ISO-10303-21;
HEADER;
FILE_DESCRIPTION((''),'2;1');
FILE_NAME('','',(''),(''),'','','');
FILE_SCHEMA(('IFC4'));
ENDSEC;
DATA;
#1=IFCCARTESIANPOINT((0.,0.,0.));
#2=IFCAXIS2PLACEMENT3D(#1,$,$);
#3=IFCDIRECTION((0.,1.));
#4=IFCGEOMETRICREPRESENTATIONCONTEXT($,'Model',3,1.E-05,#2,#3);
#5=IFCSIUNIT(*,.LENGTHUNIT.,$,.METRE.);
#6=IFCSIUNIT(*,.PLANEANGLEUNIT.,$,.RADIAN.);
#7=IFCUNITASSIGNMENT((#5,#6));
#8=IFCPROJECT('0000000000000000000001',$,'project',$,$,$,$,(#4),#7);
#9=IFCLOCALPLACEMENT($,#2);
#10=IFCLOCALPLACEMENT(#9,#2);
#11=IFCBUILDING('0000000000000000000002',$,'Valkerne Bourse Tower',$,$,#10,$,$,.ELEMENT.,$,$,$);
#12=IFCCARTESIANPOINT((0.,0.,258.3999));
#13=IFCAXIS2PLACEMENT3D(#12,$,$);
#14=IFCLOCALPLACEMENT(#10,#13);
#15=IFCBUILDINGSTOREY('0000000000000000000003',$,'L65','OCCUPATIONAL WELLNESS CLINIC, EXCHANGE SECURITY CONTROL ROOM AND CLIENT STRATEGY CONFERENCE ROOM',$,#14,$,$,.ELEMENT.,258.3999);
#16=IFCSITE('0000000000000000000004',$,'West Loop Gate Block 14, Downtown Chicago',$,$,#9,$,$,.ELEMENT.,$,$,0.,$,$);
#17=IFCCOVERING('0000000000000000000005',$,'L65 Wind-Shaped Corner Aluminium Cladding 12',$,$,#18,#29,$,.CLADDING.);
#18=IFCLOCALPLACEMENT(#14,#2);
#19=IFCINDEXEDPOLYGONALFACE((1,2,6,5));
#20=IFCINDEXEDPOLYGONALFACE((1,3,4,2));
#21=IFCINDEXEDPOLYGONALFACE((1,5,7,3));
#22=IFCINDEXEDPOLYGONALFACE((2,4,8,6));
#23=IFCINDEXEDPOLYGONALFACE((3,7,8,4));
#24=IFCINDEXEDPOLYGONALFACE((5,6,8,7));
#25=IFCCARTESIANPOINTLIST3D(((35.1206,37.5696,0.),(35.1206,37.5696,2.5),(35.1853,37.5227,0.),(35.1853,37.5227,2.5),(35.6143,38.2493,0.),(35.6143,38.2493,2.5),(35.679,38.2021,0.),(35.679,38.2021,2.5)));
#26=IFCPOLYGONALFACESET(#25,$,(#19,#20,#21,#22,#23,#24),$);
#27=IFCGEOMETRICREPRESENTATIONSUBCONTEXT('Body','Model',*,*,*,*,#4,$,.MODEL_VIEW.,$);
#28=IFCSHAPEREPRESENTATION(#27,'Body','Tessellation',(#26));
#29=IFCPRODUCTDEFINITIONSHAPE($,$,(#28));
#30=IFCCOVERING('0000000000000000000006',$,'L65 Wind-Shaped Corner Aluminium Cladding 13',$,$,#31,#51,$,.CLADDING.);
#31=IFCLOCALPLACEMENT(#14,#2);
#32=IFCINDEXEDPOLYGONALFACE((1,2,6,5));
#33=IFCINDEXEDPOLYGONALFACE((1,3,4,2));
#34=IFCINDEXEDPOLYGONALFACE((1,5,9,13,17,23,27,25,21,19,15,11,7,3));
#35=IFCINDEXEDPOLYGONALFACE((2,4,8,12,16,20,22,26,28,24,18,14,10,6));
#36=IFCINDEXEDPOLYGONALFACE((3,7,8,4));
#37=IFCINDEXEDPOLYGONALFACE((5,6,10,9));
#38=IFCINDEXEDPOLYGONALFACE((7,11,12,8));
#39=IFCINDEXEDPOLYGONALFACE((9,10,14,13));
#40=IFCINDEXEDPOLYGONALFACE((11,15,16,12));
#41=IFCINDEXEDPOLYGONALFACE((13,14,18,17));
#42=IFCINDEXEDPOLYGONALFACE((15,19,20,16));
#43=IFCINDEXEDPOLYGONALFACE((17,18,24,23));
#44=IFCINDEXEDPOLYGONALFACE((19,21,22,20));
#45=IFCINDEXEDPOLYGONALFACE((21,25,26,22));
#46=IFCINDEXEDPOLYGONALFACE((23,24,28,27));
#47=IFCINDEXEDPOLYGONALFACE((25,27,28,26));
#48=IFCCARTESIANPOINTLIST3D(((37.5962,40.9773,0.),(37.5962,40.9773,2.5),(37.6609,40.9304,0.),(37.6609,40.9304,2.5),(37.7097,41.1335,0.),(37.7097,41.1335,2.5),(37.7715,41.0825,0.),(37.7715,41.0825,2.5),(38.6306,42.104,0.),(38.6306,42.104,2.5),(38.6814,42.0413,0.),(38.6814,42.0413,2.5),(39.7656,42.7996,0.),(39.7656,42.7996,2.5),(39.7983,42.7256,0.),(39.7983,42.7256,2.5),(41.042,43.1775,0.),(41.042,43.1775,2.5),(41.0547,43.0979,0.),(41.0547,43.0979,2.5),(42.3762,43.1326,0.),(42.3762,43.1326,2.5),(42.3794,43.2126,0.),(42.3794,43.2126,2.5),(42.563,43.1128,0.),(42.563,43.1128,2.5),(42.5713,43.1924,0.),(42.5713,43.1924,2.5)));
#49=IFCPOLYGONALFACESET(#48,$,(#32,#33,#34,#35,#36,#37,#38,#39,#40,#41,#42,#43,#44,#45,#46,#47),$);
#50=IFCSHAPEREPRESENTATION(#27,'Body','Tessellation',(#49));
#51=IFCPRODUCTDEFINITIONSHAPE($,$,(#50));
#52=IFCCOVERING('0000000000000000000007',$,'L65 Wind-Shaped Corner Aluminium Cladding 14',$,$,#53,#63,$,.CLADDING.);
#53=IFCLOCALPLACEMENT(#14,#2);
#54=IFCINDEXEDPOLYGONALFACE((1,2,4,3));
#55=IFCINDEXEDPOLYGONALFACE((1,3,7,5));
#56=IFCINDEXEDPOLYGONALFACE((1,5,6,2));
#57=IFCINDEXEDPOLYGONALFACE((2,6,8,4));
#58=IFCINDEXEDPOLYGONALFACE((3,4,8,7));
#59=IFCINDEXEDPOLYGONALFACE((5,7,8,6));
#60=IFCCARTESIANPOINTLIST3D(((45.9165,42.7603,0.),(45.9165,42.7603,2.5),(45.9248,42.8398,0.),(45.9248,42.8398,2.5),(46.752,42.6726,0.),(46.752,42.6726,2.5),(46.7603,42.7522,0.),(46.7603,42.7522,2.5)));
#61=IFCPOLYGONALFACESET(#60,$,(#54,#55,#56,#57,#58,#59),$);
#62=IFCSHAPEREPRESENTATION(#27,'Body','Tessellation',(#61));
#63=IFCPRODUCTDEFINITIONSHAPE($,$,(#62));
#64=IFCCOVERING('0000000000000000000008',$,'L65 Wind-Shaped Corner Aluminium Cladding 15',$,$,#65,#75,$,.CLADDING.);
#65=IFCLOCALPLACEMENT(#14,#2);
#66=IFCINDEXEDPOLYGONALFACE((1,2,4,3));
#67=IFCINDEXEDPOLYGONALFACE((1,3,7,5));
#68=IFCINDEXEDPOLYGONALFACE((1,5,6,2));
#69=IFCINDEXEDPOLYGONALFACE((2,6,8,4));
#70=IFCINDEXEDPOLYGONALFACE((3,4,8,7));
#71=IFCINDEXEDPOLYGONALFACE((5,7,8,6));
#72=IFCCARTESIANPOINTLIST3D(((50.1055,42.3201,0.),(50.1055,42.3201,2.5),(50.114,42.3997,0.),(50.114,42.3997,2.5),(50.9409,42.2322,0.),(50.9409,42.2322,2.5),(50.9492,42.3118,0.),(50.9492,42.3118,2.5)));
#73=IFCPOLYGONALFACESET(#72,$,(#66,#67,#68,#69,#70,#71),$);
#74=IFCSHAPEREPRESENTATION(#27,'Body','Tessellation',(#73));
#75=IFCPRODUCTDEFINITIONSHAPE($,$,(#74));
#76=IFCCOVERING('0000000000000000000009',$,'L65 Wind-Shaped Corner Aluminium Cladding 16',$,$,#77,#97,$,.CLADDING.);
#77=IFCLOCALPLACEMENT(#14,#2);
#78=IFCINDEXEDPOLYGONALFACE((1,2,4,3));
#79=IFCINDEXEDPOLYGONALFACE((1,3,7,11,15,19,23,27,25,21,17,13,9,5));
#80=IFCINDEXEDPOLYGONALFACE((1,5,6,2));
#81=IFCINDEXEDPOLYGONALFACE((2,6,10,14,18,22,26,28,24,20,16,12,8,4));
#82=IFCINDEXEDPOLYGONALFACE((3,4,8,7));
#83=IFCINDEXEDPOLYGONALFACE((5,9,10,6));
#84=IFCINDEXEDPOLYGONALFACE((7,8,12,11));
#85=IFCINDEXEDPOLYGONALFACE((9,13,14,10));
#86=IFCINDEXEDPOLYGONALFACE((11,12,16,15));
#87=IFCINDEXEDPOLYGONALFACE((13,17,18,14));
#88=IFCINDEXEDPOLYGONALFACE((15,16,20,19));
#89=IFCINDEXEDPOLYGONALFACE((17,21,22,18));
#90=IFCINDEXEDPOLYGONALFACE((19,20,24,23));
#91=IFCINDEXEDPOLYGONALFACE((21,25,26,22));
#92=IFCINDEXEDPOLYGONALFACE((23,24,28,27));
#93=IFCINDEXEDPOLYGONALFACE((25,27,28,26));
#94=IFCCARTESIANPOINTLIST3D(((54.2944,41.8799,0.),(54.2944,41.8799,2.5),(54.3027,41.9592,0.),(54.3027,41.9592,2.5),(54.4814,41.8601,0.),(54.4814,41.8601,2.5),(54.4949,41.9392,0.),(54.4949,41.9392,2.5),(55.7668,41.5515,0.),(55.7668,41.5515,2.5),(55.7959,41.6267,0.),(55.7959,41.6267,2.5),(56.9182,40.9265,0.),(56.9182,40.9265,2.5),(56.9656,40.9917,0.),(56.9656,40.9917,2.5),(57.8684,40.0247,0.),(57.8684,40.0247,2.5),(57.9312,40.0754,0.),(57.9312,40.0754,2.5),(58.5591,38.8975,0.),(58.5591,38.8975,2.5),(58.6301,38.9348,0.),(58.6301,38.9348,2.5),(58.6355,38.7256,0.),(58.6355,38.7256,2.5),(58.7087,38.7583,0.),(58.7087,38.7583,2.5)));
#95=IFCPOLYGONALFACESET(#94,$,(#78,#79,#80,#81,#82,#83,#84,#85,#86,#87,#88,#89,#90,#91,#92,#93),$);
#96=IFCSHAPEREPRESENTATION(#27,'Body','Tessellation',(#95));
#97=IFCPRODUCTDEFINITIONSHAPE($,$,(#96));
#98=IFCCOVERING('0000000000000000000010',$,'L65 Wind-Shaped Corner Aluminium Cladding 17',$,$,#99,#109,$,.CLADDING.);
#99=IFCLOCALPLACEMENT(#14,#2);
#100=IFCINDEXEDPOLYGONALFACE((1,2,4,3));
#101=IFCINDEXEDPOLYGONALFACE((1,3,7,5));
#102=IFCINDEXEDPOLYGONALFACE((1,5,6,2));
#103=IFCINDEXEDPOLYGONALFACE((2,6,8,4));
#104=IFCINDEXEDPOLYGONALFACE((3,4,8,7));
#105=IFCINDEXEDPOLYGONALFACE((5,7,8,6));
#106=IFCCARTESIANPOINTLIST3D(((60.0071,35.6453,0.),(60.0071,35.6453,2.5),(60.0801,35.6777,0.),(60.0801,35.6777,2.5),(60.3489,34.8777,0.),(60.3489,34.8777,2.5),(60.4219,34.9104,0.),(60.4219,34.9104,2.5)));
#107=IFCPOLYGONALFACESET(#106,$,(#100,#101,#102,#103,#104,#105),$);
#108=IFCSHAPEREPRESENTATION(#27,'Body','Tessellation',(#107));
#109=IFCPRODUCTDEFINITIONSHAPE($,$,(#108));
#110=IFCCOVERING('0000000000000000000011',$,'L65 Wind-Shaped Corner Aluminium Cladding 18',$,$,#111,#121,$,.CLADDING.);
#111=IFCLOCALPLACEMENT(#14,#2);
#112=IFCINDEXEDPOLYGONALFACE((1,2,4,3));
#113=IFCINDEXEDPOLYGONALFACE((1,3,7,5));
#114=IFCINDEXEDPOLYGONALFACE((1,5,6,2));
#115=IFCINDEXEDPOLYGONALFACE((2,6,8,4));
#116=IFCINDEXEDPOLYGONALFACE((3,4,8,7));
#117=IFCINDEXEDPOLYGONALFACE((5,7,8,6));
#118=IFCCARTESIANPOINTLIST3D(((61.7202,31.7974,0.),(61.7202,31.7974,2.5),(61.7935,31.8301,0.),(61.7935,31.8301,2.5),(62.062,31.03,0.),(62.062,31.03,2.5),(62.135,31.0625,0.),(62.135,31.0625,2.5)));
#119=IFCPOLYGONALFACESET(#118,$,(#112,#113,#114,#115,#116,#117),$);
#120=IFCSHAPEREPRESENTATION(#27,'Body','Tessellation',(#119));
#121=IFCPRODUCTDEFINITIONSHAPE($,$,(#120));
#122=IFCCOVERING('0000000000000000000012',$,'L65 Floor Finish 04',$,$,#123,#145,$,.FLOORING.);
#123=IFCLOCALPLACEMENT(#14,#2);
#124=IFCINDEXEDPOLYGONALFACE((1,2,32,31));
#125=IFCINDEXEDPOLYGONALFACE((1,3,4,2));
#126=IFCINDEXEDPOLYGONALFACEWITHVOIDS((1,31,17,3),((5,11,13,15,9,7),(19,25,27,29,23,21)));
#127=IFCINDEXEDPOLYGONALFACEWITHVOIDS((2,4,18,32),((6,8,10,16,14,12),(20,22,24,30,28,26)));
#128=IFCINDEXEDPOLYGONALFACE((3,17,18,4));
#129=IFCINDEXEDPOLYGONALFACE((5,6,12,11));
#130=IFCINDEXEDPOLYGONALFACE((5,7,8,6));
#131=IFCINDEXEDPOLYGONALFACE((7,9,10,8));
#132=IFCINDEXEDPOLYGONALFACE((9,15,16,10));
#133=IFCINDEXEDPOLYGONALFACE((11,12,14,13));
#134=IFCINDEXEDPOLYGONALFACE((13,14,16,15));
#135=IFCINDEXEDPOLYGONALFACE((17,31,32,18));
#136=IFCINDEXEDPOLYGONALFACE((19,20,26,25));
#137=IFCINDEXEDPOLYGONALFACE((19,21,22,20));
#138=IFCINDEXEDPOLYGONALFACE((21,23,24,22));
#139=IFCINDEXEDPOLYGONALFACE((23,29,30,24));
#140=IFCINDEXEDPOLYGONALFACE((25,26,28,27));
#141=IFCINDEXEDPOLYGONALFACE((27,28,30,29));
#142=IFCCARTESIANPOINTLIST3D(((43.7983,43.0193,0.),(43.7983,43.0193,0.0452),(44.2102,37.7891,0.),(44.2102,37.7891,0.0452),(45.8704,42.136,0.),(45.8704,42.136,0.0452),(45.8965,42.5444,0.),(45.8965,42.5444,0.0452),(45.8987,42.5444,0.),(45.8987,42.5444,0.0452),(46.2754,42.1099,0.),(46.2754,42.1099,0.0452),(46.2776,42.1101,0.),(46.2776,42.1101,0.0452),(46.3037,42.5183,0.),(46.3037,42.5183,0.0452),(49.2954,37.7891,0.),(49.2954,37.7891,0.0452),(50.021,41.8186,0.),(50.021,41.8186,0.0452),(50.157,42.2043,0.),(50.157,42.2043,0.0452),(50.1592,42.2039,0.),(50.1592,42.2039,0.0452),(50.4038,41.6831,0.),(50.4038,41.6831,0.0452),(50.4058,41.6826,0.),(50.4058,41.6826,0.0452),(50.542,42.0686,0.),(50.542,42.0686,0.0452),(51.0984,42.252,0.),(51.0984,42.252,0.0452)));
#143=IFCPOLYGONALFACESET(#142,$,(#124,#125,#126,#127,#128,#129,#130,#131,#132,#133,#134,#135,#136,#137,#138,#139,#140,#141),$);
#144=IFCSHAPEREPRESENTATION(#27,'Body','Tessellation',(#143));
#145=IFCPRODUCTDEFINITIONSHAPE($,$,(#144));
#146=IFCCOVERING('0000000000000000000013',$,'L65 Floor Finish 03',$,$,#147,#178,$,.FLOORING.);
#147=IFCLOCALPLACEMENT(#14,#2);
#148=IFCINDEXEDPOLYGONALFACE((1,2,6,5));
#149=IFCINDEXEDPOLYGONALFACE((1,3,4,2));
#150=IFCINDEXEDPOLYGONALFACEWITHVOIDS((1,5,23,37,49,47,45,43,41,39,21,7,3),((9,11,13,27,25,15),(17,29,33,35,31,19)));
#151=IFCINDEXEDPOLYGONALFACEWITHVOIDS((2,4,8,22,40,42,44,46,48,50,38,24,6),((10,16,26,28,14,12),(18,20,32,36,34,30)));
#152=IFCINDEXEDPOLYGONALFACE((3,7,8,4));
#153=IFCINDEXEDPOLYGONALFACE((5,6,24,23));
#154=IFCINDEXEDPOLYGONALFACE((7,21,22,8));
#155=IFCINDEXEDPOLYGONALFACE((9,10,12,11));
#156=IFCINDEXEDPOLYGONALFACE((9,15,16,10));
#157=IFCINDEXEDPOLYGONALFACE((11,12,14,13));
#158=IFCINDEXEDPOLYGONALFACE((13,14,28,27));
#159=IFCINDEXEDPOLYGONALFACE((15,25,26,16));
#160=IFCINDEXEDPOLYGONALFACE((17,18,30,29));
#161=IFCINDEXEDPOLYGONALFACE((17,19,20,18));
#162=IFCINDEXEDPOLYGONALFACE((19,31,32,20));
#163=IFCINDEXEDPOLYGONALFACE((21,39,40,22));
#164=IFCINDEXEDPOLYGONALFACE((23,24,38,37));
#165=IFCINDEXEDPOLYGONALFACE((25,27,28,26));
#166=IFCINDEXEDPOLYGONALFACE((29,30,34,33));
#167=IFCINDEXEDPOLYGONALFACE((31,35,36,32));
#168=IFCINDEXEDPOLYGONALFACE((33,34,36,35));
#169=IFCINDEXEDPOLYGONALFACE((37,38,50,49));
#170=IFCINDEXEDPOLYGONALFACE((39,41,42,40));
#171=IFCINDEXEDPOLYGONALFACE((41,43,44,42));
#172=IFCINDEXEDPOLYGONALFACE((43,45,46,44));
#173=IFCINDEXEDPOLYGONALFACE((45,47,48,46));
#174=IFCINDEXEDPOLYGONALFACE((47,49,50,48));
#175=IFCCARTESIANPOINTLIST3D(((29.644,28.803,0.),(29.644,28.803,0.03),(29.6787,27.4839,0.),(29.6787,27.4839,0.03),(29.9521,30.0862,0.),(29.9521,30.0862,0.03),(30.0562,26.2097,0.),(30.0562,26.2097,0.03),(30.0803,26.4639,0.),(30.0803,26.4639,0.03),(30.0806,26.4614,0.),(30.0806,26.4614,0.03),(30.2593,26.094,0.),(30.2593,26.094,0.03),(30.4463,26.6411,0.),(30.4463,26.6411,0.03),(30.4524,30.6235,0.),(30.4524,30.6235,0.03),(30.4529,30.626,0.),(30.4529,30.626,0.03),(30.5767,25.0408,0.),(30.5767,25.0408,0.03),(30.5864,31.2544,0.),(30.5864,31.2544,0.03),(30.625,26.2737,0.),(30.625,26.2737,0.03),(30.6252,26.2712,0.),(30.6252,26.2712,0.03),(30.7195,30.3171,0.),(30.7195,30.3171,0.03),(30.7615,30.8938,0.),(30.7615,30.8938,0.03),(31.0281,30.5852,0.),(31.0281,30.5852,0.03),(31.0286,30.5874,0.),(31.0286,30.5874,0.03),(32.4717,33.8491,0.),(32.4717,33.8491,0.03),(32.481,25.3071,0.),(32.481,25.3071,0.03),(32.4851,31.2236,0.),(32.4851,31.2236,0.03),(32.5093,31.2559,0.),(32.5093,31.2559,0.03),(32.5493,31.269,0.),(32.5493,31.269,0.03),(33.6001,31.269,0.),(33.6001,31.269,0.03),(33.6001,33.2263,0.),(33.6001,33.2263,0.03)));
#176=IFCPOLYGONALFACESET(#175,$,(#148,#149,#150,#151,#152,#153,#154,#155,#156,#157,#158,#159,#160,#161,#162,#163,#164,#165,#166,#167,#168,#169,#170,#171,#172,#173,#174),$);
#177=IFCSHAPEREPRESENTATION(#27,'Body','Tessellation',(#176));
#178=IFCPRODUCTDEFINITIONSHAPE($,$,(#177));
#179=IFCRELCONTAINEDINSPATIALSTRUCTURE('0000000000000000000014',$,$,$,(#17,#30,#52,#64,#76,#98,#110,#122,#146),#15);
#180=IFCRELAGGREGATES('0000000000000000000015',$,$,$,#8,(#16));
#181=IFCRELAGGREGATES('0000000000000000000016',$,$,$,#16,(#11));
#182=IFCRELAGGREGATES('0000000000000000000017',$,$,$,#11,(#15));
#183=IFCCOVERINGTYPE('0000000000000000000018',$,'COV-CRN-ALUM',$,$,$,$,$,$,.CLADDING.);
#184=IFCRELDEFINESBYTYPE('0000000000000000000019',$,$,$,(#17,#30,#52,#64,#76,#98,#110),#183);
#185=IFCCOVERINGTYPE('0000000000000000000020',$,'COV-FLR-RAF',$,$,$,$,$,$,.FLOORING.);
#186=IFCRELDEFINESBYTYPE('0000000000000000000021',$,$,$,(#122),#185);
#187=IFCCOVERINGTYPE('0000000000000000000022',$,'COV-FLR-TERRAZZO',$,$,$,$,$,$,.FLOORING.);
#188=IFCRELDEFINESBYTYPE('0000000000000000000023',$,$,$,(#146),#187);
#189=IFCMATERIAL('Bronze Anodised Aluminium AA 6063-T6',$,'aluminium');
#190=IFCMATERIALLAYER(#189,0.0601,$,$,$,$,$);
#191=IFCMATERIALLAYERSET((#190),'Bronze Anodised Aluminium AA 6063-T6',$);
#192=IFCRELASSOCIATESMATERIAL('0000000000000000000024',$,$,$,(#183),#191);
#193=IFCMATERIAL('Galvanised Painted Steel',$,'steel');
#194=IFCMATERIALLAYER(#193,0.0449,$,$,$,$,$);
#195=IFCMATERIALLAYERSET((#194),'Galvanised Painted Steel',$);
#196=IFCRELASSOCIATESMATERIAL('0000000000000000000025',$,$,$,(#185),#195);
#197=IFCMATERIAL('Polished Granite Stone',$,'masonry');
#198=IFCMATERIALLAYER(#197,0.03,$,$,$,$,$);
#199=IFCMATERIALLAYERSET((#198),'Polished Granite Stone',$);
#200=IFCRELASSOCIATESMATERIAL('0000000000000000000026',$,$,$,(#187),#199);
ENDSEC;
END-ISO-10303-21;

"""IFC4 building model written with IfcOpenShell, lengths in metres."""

from ifc_helpers import new_model, si_unit, direction, frame, origin, place, context, subcontext, project, spatial, polyline, outline, extrude, material, layer, layer_set, type_object, element, save


model = new_model("IFC4")

# Units and contexts
model_context = context("Model", 3, precision=1e-05, world=origin(), true_north=direction((0.0, 1.0)))
body_context = subcontext(model_context, "Body", "Model", "MODEL_VIEW")
ifc_project = project(units=[si_unit("LENGTHUNIT", "METRE"), si_unit("PLANEANGLEUNIT", "RADIAN")], contexts=[model_context])

# Site, building, storey
site_placement = place(None, origin())
site = spatial("IfcSite", under=ifc_project, at=site_placement, Name="West Loop Gate Block 14, Downtown Chicago", CompositionType="ELEMENT", RefElevation=0.0)
building_placement = place(site_placement, origin())
building = spatial("IfcBuilding", under=site, at=building_placement, Name="Valkerne Bourse Tower", CompositionType="ELEMENT")
storey_placement = place(building_placement, frame((0.0, 0.0, 258.3999)))
storey = spatial("IfcBuildingStorey", under=building, at=storey_placement, Name="L65", Description="OCCUPATIONAL WELLNESS CLINIC, EXCHANGE SECURITY CONTROL ROOM AND CLIENT STRATEGY CONFERENCE ROOM", CompositionType="ELEMENT", Elevation=258.3999)

# Coverings
ifc_material_1 = material(Name="Bronze Anodised Aluminium AA 6063-T6", Category="aluminium")
ifc_layer_1 = layer(ifc_material_1, 0.0601)
ifc_layer_set_1 = layer_set([ifc_layer_1], Name="Bronze Anodised Aluminium AA 6063-T6")
covering_type_1 = type_object("IfcCoveringType", Name="COV-CRN-ALUM", PredefinedType="CLADDING", material=ifc_layer_set_1)
covering_1_placement = place(storey_placement, origin())
element("IfcCovering", 1, at=covering_1_placement, inside=storey, type_object=covering_type_1, Name="L65 Wind-Shaped Corner Aluminium Cladding 12", PredefinedType="CLADDING", context=body_context, shape_type="SweptSolid", body=[
    extrude(outline(polyline([(35.6143, 38.2493), (35.679, 38.2021), (35.1853, 37.5227), (35.1206, 37.5696), (35.6143, 38.2493)])), origin(), (0.0, 0.0, 1.0), 2.5),
])
covering_2_placement = place(storey_placement, origin())
element("IfcCovering", 2, at=covering_2_placement, inside=storey, type_object=covering_type_1, Name="L65 Wind-Shaped Corner Aluminium Cladding 13", PredefinedType="CLADDING", context=body_context, shape_type="SweptSolid", body=[
    extrude(outline(polyline([(37.7097, 41.1335), (38.6306, 42.104), (39.7656, 42.7996), (41.042, 43.1775), (42.3794, 43.2126), (42.5713, 43.1924), (42.563, 43.1128), (42.3762, 43.1326), (41.0547, 43.0979), (39.7983, 42.7256), (38.6814, 42.0413), (37.7715, 41.0825), (37.6609, 40.9304), (37.5962, 40.9773), (37.7097, 41.1335)])), origin(), (0.0, 0.0, 1.0), 2.5),
])
covering_3_placement = place(storey_placement, origin())
element("IfcCovering", 3, at=covering_3_placement, inside=storey, type_object=covering_type_1, Name="L65 Wind-Shaped Corner Aluminium Cladding 14", PredefinedType="CLADDING", context=body_context, shape_type="SweptSolid", body=[
    extrude(outline(polyline([(46.7603, 42.7522), (46.752, 42.6726), (45.9165, 42.7603), (45.9248, 42.8398), (46.7603, 42.7522)])), origin(), (0.0, 0.0, 1.0), 2.5),
])
covering_4_placement = place(storey_placement, origin())
element("IfcCovering", 4, at=covering_4_placement, inside=storey, type_object=covering_type_1, Name="L65 Wind-Shaped Corner Aluminium Cladding 15", PredefinedType="CLADDING", context=body_context, shape_type="SweptSolid", body=[
    extrude(outline(polyline([(50.9492, 42.3118), (50.9409, 42.2322), (50.1055, 42.3201), (50.114, 42.3997), (50.9492, 42.3118)])), origin(), (0.0, 0.0, 1.0), 2.5),
])
covering_5_placement = place(storey_placement, origin())
element("IfcCovering", 5, at=covering_5_placement, inside=storey, type_object=covering_type_1, Name="L65 Wind-Shaped Corner Aluminium Cladding 16", PredefinedType="CLADDING", context=body_context, shape_type="SweptSolid", body=[
    extrude(outline(polyline([(54.4949, 41.9392), (55.7959, 41.6267), (56.9656, 40.9917), (57.9312, 40.0754), (58.6301, 38.9348), (58.7087, 38.7583), (58.6355, 38.7256), (58.5591, 38.8975), (57.8684, 40.0247), (56.9182, 40.9265), (55.7668, 41.5515), (54.4814, 41.8601), (54.2944, 41.8799), (54.3027, 41.9592), (54.4949, 41.9392)])), origin(), (0.0, 0.0, 1.0), 2.5),
])
covering_6_placement = place(storey_placement, origin())
element("IfcCovering", 6, at=covering_6_placement, inside=storey, type_object=covering_type_1, Name="L65 Wind-Shaped Corner Aluminium Cladding 17", PredefinedType="CLADDING", context=body_context, shape_type="SweptSolid", body=[
    extrude(outline(polyline([(60.4219, 34.9104), (60.3489, 34.8777), (60.0071, 35.6453), (60.0801, 35.6777), (60.4219, 34.9104)])), origin(), (0.0, 0.0, 1.0), 2.5),
])
covering_7_placement = place(storey_placement, origin())
element("IfcCovering", 7, at=covering_7_placement, inside=storey, type_object=covering_type_1, Name="L65 Wind-Shaped Corner Aluminium Cladding 18", PredefinedType="CLADDING", context=body_context, shape_type="SweptSolid", body=[
    extrude(outline(polyline([(62.135, 31.0625), (62.062, 31.03), (61.7202, 31.7974), (61.7935, 31.8301), (62.135, 31.0625)])), origin(), (0.0, 0.0, 1.0), 2.5),
])
ifc_material_2 = material(Name="Galvanised Painted Steel", Category="steel")
ifc_layer_2 = layer(ifc_material_2, 0.0449)
ifc_layer_set_2 = layer_set([ifc_layer_2], Name="Galvanised Painted Steel")
covering_type_2 = type_object("IfcCoveringType", Name="COV-FLR-RAF", PredefinedType="FLOORING", material=ifc_layer_set_2)
covering_8_placement = place(storey_placement, origin())
element("IfcCovering", 8, at=covering_8_placement, inside=storey, type_object=covering_type_2, Name="L65 Floor Finish 04", PredefinedType="FLOORING", context=body_context, shape_type="SweptSolid", body=[
    extrude(outline(polyline([(44.2102, 37.7891), (43.7983, 43.0193), (51.0984, 42.252), (49.2954, 37.7891), (44.2102, 37.7891)]), holes=[polyline([(46.2776, 42.1101), (46.3037, 42.5183), (45.8987, 42.5444), (45.8965, 42.5444), (45.8704, 42.136), (46.2754, 42.1099), (46.2776, 42.1101)]), polyline([(50.542, 42.0686), (50.1592, 42.2039), (50.157, 42.2043), (50.021, 41.8186), (50.4038, 41.6831), (50.4058, 41.6826), (50.542, 42.0686)])]), origin(), (0.0, 0.0, 1.0), 0.0452),
])
ifc_material_3 = material(Name="Polished Granite Stone", Category="masonry")
ifc_layer_3 = layer(ifc_material_3, 0.03)
ifc_layer_set_3 = layer_set([ifc_layer_3], Name="Polished Granite Stone")
covering_type_3 = type_object("IfcCoveringType", Name="COV-FLR-TERRAZZO", PredefinedType="FLOORING", material=ifc_layer_set_3)
covering_9_placement = place(storey_placement, origin())
element("IfcCovering", 9, at=covering_9_placement, inside=storey, type_object=covering_type_3, Name="L65 Floor Finish 03", PredefinedType="FLOORING", context=body_context, shape_type="SweptSolid", body=[
    extrude(outline(polyline([(29.644, 28.803), (29.9521, 30.0862), (30.5864, 31.2544), (32.4717, 33.8491), (33.6001, 33.2263), (33.6001, 31.269), (32.5493, 31.269), (32.5093, 31.2559), (32.4851, 31.2236), (32.481, 25.3071), (30.5767, 25.0408), (30.0562, 26.2097), (29.6787, 27.4839), (29.644, 28.803)]), holes=[polyline([(30.625, 26.2737), (30.4463, 26.6411), (30.0803, 26.4639), (30.0806, 26.4614), (30.2593, 26.094), (30.6252, 26.2712), (30.625, 26.2737)]), polyline([(31.0286, 30.5874), (30.7615, 30.8938), (30.4529, 30.626), (30.4524, 30.6235), (30.7195, 30.3171), (31.0281, 30.5852), (31.0286, 30.5874)])]), origin(), (0.0, 0.0, 1.0), 0.03),
])

save(model, "model.ifc")
